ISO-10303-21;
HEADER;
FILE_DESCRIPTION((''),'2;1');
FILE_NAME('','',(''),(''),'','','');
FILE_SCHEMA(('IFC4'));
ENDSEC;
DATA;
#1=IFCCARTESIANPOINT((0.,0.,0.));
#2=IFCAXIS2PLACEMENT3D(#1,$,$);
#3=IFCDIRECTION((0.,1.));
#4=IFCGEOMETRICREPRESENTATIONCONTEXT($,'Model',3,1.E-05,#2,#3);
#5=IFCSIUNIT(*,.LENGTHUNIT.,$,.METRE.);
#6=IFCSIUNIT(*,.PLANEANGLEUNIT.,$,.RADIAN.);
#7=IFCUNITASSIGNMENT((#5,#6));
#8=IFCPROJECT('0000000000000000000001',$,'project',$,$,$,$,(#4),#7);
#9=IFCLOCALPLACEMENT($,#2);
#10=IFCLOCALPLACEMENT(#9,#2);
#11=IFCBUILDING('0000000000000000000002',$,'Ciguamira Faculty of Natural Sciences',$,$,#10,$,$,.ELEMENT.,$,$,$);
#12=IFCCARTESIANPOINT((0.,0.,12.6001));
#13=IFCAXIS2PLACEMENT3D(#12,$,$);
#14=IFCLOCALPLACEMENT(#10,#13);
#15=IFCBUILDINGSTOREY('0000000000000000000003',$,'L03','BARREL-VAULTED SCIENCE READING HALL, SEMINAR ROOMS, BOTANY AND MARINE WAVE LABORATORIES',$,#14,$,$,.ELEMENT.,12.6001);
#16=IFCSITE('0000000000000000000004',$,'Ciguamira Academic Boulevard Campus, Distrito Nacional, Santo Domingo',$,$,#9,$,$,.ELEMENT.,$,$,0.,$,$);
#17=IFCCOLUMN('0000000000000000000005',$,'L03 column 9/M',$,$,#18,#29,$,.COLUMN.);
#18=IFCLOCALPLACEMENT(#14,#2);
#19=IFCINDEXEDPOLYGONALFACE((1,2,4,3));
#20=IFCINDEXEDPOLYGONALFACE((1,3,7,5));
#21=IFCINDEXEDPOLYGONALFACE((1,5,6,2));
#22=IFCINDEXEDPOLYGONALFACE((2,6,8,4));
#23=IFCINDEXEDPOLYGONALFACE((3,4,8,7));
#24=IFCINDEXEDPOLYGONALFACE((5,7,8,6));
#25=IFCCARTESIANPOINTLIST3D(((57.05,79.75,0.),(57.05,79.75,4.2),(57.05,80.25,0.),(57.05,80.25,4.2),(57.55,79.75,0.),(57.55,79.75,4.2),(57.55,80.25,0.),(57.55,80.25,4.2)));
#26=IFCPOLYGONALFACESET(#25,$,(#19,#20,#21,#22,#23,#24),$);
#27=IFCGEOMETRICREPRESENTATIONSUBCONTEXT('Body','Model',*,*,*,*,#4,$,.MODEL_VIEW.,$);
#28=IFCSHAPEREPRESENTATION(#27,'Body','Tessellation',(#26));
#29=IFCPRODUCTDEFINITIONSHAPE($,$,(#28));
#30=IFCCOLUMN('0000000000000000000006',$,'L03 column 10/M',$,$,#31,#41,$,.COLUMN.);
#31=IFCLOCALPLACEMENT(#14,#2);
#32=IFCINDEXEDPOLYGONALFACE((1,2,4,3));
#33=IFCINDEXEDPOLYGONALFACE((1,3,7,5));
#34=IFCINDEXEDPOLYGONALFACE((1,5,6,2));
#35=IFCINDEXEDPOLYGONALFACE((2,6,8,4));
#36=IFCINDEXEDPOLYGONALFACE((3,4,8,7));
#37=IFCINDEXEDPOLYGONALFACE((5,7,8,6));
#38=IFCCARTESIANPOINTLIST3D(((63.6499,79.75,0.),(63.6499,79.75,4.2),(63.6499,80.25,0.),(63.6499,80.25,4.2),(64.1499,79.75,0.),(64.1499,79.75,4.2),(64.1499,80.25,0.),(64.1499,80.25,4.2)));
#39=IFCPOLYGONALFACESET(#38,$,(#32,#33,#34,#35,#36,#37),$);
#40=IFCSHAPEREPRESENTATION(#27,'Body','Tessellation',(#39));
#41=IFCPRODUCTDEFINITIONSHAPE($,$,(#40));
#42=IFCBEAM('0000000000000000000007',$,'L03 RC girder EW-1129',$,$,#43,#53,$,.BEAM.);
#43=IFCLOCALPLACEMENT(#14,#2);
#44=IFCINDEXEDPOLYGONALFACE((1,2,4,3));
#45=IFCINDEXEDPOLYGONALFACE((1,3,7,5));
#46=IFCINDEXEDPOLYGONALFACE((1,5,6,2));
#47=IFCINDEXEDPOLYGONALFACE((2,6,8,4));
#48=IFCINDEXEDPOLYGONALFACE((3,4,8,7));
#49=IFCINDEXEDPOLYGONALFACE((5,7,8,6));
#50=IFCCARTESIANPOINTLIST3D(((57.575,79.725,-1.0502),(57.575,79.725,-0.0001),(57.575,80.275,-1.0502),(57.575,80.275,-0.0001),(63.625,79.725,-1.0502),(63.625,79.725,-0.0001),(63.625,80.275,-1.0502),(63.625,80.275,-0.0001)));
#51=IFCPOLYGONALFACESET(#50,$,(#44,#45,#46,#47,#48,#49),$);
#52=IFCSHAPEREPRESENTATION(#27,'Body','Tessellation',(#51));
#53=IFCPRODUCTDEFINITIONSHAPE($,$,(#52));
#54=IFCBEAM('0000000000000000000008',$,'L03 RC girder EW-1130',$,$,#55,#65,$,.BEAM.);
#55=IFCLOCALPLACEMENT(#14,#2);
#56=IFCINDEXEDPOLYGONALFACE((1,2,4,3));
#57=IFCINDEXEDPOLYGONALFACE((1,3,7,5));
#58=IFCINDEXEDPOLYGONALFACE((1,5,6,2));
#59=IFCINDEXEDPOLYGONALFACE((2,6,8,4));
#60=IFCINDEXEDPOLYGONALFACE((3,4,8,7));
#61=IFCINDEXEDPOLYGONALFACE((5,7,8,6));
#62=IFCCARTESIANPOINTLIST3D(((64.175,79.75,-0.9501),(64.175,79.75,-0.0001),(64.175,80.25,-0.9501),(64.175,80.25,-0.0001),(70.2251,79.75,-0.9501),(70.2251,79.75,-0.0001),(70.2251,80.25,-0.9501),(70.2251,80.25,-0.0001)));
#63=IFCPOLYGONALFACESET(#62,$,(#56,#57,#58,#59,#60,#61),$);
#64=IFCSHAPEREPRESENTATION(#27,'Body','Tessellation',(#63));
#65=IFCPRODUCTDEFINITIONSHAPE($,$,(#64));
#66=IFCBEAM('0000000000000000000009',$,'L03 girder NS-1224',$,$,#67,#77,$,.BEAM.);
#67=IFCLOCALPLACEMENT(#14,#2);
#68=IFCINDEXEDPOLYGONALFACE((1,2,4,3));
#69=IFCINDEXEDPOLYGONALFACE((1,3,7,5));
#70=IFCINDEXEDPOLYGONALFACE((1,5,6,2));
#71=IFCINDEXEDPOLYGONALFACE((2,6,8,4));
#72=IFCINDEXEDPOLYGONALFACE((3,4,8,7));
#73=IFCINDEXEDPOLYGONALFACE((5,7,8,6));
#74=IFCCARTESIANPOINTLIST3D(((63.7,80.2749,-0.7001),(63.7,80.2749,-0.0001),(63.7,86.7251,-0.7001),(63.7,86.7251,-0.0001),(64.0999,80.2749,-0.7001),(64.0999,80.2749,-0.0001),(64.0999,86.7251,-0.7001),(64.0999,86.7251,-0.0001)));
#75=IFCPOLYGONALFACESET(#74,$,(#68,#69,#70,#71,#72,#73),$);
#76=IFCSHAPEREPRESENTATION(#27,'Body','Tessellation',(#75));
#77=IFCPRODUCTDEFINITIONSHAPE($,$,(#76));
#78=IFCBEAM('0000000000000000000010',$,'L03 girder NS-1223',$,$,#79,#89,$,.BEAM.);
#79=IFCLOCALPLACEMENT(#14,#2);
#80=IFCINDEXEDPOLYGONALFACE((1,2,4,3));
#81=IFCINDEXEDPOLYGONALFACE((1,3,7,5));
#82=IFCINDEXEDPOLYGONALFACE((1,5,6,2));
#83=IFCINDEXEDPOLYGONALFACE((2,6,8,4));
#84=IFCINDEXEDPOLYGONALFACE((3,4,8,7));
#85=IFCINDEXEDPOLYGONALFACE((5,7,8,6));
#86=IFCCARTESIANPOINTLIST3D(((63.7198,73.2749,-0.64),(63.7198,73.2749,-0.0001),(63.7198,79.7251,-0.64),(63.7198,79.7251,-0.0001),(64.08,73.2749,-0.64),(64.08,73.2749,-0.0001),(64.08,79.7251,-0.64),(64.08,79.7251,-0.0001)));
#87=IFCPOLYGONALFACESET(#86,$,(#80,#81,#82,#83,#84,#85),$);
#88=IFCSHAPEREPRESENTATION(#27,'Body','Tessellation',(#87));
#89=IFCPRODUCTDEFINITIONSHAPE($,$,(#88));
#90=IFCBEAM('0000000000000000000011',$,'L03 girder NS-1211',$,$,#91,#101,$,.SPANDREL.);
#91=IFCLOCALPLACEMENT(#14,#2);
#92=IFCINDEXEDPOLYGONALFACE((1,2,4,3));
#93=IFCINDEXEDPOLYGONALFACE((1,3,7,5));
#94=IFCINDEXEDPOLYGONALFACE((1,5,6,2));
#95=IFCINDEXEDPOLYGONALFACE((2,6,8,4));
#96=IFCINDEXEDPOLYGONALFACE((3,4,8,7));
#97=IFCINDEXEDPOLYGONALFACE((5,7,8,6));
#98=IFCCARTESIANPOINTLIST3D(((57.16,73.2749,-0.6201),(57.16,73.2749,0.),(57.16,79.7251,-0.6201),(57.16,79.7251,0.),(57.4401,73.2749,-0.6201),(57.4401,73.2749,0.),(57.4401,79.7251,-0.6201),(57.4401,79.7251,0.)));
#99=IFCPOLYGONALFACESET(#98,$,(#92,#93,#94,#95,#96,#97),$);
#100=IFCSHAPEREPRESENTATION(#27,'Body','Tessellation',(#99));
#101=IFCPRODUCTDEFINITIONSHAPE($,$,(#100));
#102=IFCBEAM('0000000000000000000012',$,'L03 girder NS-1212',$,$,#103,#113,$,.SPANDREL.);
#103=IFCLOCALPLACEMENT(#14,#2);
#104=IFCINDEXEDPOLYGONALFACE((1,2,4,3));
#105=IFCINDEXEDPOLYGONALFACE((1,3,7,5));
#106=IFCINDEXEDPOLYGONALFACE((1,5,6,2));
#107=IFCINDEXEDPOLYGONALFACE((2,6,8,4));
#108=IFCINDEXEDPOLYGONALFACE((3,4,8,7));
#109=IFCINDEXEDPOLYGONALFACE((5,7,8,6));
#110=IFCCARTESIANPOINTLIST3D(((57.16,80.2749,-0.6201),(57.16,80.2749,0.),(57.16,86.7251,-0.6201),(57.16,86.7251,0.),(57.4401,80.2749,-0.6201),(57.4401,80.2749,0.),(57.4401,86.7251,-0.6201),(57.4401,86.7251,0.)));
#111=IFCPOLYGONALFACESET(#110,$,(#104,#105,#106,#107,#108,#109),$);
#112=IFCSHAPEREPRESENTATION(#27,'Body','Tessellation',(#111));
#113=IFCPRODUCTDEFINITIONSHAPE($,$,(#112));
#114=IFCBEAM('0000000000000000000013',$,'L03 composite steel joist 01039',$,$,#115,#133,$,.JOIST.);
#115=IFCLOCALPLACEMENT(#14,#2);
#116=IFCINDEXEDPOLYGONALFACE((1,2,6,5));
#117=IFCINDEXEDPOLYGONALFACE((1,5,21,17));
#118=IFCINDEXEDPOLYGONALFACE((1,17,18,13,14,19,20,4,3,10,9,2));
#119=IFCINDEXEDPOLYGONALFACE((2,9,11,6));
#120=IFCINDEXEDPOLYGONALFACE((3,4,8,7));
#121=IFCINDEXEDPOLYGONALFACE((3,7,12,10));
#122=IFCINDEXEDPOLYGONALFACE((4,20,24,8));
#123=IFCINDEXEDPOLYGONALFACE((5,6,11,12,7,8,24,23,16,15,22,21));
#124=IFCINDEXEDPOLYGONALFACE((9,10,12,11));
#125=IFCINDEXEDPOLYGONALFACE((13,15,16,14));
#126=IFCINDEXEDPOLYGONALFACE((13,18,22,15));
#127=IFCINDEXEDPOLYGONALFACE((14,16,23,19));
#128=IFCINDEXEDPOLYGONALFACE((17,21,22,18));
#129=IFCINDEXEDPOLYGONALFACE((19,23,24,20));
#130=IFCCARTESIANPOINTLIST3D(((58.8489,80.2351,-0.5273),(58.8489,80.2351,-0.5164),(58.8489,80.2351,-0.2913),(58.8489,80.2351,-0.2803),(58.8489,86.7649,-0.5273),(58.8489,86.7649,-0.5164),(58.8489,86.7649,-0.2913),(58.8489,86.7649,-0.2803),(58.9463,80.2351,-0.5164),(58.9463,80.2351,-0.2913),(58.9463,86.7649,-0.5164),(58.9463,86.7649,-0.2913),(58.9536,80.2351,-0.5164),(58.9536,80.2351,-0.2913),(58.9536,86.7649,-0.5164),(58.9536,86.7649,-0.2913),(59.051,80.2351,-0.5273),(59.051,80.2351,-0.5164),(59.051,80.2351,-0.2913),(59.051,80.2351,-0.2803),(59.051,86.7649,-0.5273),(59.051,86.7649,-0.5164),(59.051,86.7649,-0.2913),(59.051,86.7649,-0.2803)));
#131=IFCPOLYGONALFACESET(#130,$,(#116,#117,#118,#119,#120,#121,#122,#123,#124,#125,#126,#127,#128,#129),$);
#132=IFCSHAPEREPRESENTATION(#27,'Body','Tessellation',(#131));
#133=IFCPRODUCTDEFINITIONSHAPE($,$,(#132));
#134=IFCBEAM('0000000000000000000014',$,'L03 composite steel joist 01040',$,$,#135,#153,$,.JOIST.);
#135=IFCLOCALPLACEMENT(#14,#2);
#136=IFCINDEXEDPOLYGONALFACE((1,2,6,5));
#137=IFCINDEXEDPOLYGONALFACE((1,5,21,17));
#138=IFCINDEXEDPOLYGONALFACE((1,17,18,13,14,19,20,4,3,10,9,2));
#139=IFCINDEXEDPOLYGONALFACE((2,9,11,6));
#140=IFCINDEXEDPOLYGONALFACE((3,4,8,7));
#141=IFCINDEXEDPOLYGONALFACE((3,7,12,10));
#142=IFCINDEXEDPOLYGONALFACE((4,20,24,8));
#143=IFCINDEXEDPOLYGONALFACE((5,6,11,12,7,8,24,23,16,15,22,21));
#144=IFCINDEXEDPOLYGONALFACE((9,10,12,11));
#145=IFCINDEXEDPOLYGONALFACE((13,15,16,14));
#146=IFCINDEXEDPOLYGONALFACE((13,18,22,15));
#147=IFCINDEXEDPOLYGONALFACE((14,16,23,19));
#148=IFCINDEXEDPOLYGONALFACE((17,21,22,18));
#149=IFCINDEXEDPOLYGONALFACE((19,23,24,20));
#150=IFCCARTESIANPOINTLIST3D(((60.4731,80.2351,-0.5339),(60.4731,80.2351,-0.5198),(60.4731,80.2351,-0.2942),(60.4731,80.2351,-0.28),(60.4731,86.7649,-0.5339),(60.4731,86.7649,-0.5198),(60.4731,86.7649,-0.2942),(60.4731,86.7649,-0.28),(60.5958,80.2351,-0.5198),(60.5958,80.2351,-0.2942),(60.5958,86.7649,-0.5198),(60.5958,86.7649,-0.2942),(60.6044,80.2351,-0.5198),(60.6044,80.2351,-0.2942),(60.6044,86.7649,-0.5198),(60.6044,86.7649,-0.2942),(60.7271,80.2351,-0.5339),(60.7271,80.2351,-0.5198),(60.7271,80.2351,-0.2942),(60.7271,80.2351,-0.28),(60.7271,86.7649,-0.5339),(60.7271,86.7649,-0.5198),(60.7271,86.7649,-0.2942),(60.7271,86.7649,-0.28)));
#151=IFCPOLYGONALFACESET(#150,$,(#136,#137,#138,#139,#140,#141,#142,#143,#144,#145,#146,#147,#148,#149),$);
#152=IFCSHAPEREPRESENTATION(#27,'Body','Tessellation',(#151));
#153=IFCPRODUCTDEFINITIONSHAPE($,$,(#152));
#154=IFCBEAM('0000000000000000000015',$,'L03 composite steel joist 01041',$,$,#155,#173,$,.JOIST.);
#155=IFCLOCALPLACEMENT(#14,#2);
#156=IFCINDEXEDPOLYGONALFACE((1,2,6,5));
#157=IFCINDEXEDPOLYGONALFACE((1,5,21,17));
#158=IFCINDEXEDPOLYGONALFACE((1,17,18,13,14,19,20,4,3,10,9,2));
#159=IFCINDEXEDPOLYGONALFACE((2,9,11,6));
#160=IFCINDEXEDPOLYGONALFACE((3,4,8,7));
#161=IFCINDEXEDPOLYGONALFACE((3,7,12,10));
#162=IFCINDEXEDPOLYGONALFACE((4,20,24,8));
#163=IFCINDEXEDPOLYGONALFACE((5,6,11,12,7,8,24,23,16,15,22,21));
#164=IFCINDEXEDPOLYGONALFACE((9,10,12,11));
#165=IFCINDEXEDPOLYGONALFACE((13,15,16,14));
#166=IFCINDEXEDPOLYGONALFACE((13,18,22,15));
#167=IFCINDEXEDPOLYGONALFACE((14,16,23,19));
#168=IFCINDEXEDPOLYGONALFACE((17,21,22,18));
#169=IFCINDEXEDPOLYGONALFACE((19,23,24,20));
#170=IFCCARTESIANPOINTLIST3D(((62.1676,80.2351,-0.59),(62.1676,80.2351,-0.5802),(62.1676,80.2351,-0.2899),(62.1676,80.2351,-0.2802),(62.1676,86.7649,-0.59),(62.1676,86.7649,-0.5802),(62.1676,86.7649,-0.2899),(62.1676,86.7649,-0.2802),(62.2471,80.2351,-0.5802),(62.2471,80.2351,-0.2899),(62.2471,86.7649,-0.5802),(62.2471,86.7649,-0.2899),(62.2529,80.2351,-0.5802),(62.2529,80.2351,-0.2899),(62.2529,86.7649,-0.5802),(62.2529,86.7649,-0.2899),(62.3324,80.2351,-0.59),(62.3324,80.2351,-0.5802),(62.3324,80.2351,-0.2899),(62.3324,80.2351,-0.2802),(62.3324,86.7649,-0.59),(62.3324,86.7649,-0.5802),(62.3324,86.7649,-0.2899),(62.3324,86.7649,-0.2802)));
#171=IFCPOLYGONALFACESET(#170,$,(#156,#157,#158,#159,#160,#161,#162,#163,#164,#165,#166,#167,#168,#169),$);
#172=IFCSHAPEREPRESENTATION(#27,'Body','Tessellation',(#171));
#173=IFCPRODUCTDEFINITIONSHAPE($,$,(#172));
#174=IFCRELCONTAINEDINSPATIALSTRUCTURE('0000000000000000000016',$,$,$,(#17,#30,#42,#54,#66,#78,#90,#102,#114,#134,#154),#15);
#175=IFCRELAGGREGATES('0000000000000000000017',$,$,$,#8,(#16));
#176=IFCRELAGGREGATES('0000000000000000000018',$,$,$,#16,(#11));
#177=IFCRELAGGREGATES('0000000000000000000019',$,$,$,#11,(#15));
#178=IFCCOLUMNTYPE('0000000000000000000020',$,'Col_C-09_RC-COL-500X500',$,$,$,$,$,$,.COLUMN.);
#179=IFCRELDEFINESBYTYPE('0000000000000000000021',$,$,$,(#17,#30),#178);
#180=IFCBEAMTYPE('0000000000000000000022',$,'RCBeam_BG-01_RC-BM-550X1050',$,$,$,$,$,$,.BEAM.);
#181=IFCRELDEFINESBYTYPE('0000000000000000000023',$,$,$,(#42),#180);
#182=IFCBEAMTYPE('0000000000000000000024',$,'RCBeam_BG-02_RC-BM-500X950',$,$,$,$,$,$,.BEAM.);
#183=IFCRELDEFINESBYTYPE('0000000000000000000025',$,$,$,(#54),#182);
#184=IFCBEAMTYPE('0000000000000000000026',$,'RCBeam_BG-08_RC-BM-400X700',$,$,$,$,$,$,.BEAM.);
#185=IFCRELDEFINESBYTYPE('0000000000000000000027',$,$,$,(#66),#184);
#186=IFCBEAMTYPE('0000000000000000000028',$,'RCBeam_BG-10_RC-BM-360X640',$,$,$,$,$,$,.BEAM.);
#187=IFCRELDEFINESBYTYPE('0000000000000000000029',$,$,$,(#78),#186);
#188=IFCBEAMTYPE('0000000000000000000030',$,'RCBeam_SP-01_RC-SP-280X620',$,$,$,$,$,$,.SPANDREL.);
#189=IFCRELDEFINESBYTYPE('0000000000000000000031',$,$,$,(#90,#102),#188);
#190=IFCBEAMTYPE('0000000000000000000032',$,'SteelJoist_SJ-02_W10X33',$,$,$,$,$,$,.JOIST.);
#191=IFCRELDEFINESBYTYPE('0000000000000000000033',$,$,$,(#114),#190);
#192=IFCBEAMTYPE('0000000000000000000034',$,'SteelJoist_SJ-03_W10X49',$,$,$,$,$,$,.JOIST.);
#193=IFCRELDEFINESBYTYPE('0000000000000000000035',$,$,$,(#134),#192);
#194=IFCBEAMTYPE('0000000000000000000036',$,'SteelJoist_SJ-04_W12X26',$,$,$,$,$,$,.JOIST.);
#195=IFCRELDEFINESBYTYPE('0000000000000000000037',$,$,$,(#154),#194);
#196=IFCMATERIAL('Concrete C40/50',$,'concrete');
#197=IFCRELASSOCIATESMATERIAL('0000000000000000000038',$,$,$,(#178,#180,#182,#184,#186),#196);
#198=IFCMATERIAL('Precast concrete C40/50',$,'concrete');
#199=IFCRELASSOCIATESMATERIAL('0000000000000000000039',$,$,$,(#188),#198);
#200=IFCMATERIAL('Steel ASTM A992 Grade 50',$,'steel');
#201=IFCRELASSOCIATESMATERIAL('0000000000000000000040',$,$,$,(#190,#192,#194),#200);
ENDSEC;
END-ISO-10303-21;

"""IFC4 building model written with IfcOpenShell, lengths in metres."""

from ifc_helpers import new_model, si_unit, direction, frame, origin, origin_2d, place, context, subcontext, project, spatial, rectangle, i_section, extrude, material, material_profile, profile_set, type_object, element, save


model = new_model("IFC4")

# Units and contexts
model_context = context("Model", 3, precision=1e-05, world=origin(), true_north=direction((0.0, 1.0)))
body_context = subcontext(model_context, "Body", "Model", "MODEL_VIEW")
ifc_project = project(units=[si_unit("LENGTHUNIT", "METRE"), si_unit("PLANEANGLEUNIT", "RADIAN")], contexts=[model_context])

# Site, building, storey
site_placement = place(None, origin())
site = spatial("IfcSite", under=ifc_project, at=site_placement, Name="Ciguamira Academic Boulevard Campus, Distrito Nacional, Santo Domingo", CompositionType="ELEMENT", RefElevation=0.0)
building_placement = place(site_placement, origin())
building = spatial("IfcBuilding", under=site, at=building_placement, Name="Ciguamira Faculty of Natural Sciences", CompositionType="ELEMENT")
storey_placement = place(building_placement, frame((0.0, 0.0, 12.6001)))
storey = spatial("IfcBuildingStorey", under=building, at=storey_placement, Name="L03", Description="BARREL-VAULTED SCIENCE READING HALL, SEMINAR ROOMS, BOTANY AND MARINE WAVE LABORATORIES", CompositionType="ELEMENT", Elevation=12.6001)

# Columns
ifc_material_1 = material(Name="Concrete C40/50", Category="concrete")
ifc_material_profile_1 = material_profile(ifc_material_1, rectangle(XDim=0.5, YDim=0.5, at=origin_2d()), Name="RC-COL-500X500")
ifc_profile_set_1 = profile_set([ifc_material_profile_1], Name="Concrete C40/50")
column_type = type_object("IfcColumnType", Name="Col_C-09_RC-COL-500X500", PredefinedType="COLUMN", material=ifc_profile_set_1)
for number, where, z_axis, x_axis, name in (
    (1, (57.3, 80.0, 0.0), (0.0, 0.0, 1.0), (1.0, 0.0, 0.0), "L03 column 9/M"),
    (2, (63.8999, 80.0, 0.0), (0.0, 0.0, 1.0), (1.0, 0.0, 0.0), "L03 column 10/M"),
):
    element("IfcColumn", number, at=place(storey_placement, frame(where, z_axis=z_axis, x_axis=x_axis)), inside=storey, type_object=column_type, Name=name, PredefinedType="COLUMN", context=body_context, shape_type="SweptSolid", body=[
        extrude(rectangle(XDim=0.5, YDim=0.5, at=origin_2d()), origin(), (0.0, 0.0, 1.0), 4.2),
    ])

# Beams
ifc_material_profile_2 = material_profile(ifc_material_1, rectangle(XDim=0.55, YDim=1.05, at=origin_2d()), Name="RC-BM-550X1050")
ifc_profile_set_2 = profile_set([ifc_material_profile_2], Name="Concrete C40/50")
beam_type_1 = type_object("IfcBeamType", Name="RCBeam_BG-01_RC-BM-550X1050", PredefinedType="BEAM", material=ifc_profile_set_2)
beam_1_placement = place(storey_placement, frame((57.575, 80.0, -0.5251), z_axis=(1.0, 0.0, 0.0), x_axis=(0.0, 1.0, 0.0)))
element("IfcBeam", 3, at=beam_1_placement, inside=storey, type_object=beam_type_1, Name="L03 RC girder EW-1129", PredefinedType="BEAM", context=body_context, shape_type="SweptSolid", body=[
    extrude(rectangle(XDim=0.55, YDim=1.05, at=origin_2d()), origin(), (0.0, 0.0, 1.0), 6.05),
])
ifc_material_profile_3 = material_profile(ifc_material_1, rectangle(XDim=0.5, YDim=0.95, at=origin_2d()), Name="RC-BM-500X950")
ifc_profile_set_3 = profile_set([ifc_material_profile_3], Name="Concrete C40/50")
beam_type_2 = type_object("IfcBeamType", Name="RCBeam_BG-02_RC-BM-500X950", PredefinedType="BEAM", material=ifc_profile_set_3)
beam_2_placement = place(storey_placement, frame((64.175, 80.0, -0.4751), z_axis=(1.0, 0.0, 0.0), x_axis=(0.0, 1.0, 0.0)))
element("IfcBeam", 4, at=beam_2_placement, inside=storey, type_object=beam_type_2, Name="L03 RC girder EW-1130", PredefinedType="BEAM", context=body_context, shape_type="SweptSolid", body=[
    extrude(rectangle(XDim=0.5, YDim=0.95, at=origin_2d()), origin(), (0.0, 0.0, 1.0), 6.05),
])
ifc_material_profile_4 = material_profile(ifc_material_1, rectangle(XDim=0.3999, YDim=0.7, at=origin_2d()), Name="RC-BM-400X700")
ifc_profile_set_4 = profile_set([ifc_material_profile_4], Name="Concrete C40/50")
beam_type_3 = type_object("IfcBeamType", Name="RCBeam_BG-08_RC-BM-400X700", PredefinedType="BEAM", material=ifc_profile_set_4)
beam_3_placement = place(storey_placement, frame((63.8999, 80.2749, -0.3501), z_axis=(0.0, 1.0, 0.0), x_axis=(-1.0, 0.0, 0.0)))
element("IfcBeam", 5, at=beam_3_placement, inside=storey, type_object=beam_type_3, Name="L03 girder NS-1224", PredefinedType="BEAM", context=body_context, shape_type="SweptSolid", body=[
    extrude(rectangle(XDim=0.3999, YDim=0.7, at=origin_2d()), origin(), (0.0, 0.0, 1.0), 6.4502),
])
ifc_material_profile_5 = material_profile(ifc_material_1, rectangle(XDim=0.3601, YDim=0.6399, at=origin_2d()), Name="RC-BM-360X640")
ifc_profile_set_5 = profile_set([ifc_material_profile_5], Name="Concrete C40/50")
beam_type_4 = type_object("IfcBeamType", Name="RCBeam_BG-10_RC-BM-360X640", PredefinedType="BEAM", material=ifc_profile_set_5)
beam_4_placement = place(storey_placement, frame((63.8999, 73.2749, -0.3201), z_axis=(0.0, 1.0, 0.0), x_axis=(-1.0, 0.0, 0.0)))
element("IfcBeam", 6, at=beam_4_placement, inside=storey, type_object=beam_type_4, Name="L03 girder NS-1223", PredefinedType="BEAM", context=body_context, shape_type="SweptSolid", body=[
    extrude(rectangle(XDim=0.3601, YDim=0.6399, at=origin_2d()), origin(), (0.0, 0.0, 1.0), 6.4502),
])
ifc_material_2 = material(Name="Precast concrete C40/50", Category="concrete")
ifc_material_profile_6 = material_profile(ifc_material_2, rectangle(XDim=0.28, YDim=0.6201, at=origin_2d()), Name="RC-SP-280X620")
ifc_profile_set_6 = profile_set([ifc_material_profile_6], Name="Precast concrete C40/50")
beam_type_5 = type_object("IfcBeamType", Name="RCBeam_SP-01_RC-SP-280X620", PredefinedType="SPANDREL", material=ifc_profile_set_6)
for number, where, z_axis, x_axis, name in (
    (7, (57.3, 73.2749, -0.3101), (0.0, 1.0, 0.0), (-1.0, 0.0, 0.0), "L03 girder NS-1211"),
    (8, (57.3, 80.2749, -0.3101), (0.0, 1.0, 0.0), (-1.0, 0.0, 0.0), "L03 girder NS-1212"),
):
    element("IfcBeam", number, at=place(storey_placement, frame(where, z_axis=z_axis, x_axis=x_axis)), inside=storey, type_object=beam_type_5, Name=name, PredefinedType="SPANDREL", context=body_context, shape_type="SweptSolid", body=[
        extrude(rectangle(XDim=0.28, YDim=0.6201, at=origin_2d()), origin(), (0.0, 0.0, 1.0), 6.4502),
    ])
ifc_material_3 = material(Name="Steel ASTM A992 Grade 50", Category="steel")
ifc_material_profile_7 = material_profile(ifc_material_3, i_section(OverallWidth=0.2021, OverallDepth=0.2471, WebThickness=0.0073, FlangeThickness=0.011, at=origin_2d()), Name="W10X33")
ifc_profile_set_7 = profile_set([ifc_material_profile_7], Name="Steel ASTM A992 Grade 50")
beam_type_6 = type_object("IfcBeamType", Name="SteelJoist_SJ-02_W10X33", PredefinedType="JOIST", material=ifc_profile_set_7)
beam_5_placement = place(storey_placement, frame((58.95, 80.2351, -0.4038), z_axis=(0.0, 1.0, 0.0), x_axis=(-1.0, 0.0, 0.0)))
element("IfcBeam", 9, at=beam_5_placement, inside=storey, type_object=beam_type_6, Name="L03 composite steel joist 01039", PredefinedType="JOIST", context=body_context, shape_type="SweptSolid", body=[
    extrude(i_section(OverallWidth=0.2021, OverallDepth=0.2471, WebThickness=0.0073, FlangeThickness=0.011, at=origin_2d()), origin(), (0.0, 0.0, 1.0), 6.5298),
])
ifc_material_profile_8 = material_profile(ifc_material_3, i_section(OverallWidth=0.2539, OverallDepth=0.2539, WebThickness=0.0085, FlangeThickness=0.0142, at=origin_2d()), Name="W10X49")
ifc_profile_set_8 = profile_set([ifc_material_profile_8], Name="Steel ASTM A992 Grade 50")
beam_type_7 = type_object("IfcBeamType", Name="SteelJoist_SJ-03_W10X49", PredefinedType="JOIST", material=ifc_profile_set_8)
beam_6_placement = place(storey_placement, frame((60.6001, 80.2351, -0.407), z_axis=(0.0, 1.0, 0.0), x_axis=(-1.0, 0.0, 0.0)))
element("IfcBeam", 10, at=beam_6_placement, inside=storey, type_object=beam_type_7, Name="L03 composite steel joist 01040", PredefinedType="JOIST", context=body_context, shape_type="SweptSolid", body=[
    extrude(i_section(OverallWidth=0.2539, OverallDepth=0.2539, WebThickness=0.0085, FlangeThickness=0.0142, at=origin_2d()), origin(), (0.0, 0.0, 1.0), 6.5298),
])
ifc_material_profile_9 = material_profile(ifc_material_3, i_section(OverallWidth=0.1648, OverallDepth=0.3098, WebThickness=0.0059, FlangeThickness=0.0098, at=origin_2d()), Name="W12X26")
ifc_profile_set_9 = profile_set([ifc_material_profile_9], Name="Steel ASTM A992 Grade 50")
beam_type_8 = type_object("IfcBeamType", Name="SteelJoist_SJ-04_W12X26", PredefinedType="JOIST", material=ifc_profile_set_9)
beam_7_placement = place(storey_placement, frame((62.25, 80.2351, -0.4351), z_axis=(0.0, 1.0, 0.0), x_axis=(-1.0, 0.0, 0.0)))
element("IfcBeam", 11, at=beam_7_placement, inside=storey, type_object=beam_type_8, Name="L03 composite steel joist 01041", PredefinedType="JOIST", context=body_context, shape_type="SweptSolid", body=[
    extrude(i_section(OverallWidth=0.1648, OverallDepth=0.3098, WebThickness=0.0059, FlangeThickness=0.0098, at=origin_2d()), origin(), (0.0, 0.0, 1.0), 6.5298),
])

save(model, "model.ifc")
